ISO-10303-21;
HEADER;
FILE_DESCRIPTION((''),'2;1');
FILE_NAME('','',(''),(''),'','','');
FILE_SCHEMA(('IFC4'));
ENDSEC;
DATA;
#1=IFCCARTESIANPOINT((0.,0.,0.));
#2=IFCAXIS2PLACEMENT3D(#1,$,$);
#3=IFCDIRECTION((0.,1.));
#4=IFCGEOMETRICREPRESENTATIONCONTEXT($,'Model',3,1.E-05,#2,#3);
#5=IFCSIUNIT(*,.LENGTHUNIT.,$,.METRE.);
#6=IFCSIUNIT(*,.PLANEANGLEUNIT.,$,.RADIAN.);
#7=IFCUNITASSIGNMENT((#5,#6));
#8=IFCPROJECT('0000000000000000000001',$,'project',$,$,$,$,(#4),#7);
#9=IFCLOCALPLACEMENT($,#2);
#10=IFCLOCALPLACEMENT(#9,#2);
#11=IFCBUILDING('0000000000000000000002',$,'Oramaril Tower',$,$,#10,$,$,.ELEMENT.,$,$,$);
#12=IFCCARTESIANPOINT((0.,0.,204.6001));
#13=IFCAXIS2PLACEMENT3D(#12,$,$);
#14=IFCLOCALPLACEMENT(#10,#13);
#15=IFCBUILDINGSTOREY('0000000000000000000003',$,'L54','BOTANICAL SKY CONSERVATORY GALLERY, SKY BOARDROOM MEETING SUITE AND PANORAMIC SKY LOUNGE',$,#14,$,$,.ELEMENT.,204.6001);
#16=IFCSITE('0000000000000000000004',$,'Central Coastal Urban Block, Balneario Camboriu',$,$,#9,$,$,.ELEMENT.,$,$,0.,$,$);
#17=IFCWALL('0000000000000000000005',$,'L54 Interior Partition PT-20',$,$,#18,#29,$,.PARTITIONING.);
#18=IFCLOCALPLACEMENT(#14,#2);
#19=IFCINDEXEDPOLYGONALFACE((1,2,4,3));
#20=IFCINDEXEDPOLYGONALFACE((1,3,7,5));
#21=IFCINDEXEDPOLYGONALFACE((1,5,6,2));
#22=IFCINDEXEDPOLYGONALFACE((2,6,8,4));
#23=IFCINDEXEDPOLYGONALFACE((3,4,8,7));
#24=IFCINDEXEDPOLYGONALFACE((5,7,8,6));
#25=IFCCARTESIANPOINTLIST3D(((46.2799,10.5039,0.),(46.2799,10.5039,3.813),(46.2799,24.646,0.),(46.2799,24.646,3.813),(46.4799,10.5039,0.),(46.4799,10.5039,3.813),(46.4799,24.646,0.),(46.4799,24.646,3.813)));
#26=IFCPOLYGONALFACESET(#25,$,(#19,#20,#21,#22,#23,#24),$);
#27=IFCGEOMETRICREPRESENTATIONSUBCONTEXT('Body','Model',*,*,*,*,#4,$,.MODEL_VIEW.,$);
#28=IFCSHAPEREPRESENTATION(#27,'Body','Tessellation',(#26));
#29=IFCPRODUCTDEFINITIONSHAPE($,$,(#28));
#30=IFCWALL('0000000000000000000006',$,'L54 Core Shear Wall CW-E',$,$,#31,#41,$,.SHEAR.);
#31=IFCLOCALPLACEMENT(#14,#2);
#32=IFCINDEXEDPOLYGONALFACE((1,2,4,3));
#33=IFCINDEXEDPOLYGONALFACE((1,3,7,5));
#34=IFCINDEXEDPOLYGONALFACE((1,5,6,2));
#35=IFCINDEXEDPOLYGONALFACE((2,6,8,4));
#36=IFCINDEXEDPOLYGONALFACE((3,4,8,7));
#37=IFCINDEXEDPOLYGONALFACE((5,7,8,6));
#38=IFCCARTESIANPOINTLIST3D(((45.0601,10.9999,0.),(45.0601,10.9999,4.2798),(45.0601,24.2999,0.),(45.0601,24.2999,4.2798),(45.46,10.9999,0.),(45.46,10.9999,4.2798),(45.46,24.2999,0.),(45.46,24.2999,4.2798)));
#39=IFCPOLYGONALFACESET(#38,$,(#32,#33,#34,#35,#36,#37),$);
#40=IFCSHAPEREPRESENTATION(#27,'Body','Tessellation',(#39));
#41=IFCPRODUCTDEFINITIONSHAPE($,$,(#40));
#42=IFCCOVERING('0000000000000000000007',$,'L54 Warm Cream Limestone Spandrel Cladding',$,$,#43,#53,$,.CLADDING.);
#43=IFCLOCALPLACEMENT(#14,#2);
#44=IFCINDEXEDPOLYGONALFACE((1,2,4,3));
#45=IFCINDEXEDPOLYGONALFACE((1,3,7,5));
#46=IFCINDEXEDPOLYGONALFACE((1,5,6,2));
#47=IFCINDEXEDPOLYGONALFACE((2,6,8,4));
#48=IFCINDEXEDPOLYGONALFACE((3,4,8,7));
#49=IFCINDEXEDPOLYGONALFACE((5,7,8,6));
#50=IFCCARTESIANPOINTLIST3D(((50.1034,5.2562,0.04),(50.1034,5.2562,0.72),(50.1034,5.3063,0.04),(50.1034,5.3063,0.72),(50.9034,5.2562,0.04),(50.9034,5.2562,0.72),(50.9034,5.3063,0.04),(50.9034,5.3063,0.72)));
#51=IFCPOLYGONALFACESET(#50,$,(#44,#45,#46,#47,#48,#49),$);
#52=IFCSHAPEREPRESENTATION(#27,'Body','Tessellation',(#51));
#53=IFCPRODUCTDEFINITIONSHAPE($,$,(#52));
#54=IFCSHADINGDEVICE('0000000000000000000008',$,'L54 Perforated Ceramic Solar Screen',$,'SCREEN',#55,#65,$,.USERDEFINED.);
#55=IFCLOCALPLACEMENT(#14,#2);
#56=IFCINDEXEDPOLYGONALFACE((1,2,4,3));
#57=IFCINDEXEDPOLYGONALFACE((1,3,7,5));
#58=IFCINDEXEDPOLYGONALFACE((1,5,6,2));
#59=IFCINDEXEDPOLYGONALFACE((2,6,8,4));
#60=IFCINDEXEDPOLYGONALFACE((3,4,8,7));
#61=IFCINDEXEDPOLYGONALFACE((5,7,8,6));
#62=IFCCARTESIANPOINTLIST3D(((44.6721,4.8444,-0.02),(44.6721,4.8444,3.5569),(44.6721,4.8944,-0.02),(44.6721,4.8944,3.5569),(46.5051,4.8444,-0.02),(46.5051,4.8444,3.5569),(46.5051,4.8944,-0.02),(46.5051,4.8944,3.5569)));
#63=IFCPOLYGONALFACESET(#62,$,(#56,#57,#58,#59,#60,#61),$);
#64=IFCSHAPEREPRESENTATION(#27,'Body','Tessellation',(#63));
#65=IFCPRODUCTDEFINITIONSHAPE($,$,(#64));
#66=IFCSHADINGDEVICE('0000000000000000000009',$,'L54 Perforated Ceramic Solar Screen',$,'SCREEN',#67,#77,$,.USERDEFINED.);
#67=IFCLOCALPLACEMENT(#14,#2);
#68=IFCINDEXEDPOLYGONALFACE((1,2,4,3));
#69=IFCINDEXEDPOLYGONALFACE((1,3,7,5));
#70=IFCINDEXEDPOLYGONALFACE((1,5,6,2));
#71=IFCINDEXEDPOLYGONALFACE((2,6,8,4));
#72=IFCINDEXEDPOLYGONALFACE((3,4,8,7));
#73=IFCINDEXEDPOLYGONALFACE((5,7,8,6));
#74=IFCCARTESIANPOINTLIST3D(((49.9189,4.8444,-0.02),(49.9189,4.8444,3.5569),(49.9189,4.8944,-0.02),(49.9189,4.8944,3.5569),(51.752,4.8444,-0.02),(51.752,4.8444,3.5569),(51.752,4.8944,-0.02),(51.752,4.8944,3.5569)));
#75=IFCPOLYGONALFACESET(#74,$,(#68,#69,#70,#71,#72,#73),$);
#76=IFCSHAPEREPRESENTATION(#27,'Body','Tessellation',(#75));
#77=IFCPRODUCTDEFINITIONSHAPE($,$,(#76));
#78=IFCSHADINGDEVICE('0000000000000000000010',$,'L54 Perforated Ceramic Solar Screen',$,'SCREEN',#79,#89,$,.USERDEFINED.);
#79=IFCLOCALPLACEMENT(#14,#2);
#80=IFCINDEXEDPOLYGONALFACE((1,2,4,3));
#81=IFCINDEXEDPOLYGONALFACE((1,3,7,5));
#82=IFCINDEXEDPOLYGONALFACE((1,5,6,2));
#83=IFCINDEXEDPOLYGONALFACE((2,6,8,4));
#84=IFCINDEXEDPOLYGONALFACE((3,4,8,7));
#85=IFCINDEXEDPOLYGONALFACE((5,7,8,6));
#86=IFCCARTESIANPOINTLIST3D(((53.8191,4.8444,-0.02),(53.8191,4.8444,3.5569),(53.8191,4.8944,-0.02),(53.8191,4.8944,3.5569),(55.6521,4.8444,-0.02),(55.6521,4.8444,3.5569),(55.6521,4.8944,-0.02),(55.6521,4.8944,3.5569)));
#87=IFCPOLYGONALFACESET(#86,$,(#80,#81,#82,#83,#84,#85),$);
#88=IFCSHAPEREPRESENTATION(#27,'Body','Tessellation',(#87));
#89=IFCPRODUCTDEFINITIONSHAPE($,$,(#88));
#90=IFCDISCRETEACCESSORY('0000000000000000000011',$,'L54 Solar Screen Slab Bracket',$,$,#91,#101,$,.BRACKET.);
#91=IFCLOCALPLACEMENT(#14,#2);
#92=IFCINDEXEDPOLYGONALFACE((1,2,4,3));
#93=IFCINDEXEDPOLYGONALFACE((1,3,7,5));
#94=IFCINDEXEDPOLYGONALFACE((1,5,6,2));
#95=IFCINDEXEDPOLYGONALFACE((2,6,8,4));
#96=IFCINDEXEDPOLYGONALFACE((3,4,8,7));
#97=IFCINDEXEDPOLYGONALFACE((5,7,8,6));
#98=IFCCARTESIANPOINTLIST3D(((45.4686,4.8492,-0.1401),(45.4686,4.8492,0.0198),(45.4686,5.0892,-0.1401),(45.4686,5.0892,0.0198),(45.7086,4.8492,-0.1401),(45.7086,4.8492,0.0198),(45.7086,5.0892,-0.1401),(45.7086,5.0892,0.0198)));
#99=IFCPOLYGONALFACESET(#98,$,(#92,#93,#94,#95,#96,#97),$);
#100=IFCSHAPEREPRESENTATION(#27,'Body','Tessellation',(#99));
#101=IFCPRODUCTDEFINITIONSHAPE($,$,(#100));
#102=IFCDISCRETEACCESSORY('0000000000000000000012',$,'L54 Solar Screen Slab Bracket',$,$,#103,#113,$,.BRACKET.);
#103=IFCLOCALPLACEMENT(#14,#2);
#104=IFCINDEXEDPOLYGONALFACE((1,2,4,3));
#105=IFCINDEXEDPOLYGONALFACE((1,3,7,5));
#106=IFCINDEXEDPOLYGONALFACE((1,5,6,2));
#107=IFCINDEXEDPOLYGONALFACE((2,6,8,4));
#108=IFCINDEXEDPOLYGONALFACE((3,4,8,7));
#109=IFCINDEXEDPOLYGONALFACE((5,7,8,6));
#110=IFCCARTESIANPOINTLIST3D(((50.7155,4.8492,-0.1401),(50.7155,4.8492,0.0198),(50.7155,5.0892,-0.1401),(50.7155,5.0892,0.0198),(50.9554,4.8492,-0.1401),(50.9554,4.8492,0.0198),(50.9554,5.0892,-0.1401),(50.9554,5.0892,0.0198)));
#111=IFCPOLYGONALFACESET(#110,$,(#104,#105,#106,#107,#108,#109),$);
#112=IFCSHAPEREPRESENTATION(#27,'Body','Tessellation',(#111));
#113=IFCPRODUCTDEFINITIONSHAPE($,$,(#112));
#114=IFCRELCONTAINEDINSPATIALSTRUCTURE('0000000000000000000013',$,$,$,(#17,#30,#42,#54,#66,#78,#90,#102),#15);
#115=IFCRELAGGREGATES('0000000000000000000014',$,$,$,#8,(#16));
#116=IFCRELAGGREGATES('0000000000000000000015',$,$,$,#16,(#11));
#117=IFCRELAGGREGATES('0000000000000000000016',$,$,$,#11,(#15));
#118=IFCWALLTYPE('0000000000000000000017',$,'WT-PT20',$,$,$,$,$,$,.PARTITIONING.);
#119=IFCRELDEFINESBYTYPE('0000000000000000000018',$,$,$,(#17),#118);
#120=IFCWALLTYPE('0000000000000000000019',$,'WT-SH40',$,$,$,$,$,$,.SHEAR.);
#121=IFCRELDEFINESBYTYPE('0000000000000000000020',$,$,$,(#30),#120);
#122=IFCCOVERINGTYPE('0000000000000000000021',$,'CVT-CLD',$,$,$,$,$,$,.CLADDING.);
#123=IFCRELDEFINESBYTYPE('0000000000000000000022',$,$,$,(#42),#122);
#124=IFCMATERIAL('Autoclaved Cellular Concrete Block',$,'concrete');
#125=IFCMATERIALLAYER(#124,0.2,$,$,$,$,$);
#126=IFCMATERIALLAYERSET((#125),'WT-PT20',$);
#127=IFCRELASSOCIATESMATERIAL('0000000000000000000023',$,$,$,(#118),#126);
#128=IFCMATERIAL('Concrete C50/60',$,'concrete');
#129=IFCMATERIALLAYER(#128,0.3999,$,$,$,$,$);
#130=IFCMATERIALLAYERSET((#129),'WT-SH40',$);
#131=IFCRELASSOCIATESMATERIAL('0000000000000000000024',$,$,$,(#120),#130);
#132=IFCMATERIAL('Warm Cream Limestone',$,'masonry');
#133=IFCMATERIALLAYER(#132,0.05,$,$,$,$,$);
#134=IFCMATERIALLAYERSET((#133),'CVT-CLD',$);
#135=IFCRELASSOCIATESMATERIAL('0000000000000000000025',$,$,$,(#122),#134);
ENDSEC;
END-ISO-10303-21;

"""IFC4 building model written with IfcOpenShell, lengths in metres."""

from ifc_helpers import new_model, si_unit, direction, frame, frame_2d, origin, origin_2d, place, context, subcontext, project, spatial, rectangle, extrude, material, layer, layer_set, type_object, element, save


model = new_model("IFC4")

# Units and contexts
model_context = context("Model", 3, precision=1e-05, world=origin(), true_north=direction((0.0, 1.0)))
body_context = subcontext(model_context, "Body", "Model", "MODEL_VIEW")
ifc_project = project(units=[si_unit("LENGTHUNIT", "METRE"), si_unit("PLANEANGLEUNIT", "RADIAN")], contexts=[model_context])

# Site, building, storey
site_placement = place(None, origin())
site = spatial("IfcSite", under=ifc_project, at=site_placement, Name="Central Coastal Urban Block, Balneario Camboriu", CompositionType="ELEMENT", RefElevation=0.0)
building_placement = place(site_placement, origin())
building = spatial("IfcBuilding", under=site, at=building_placement, Name="Oramaril Tower", CompositionType="ELEMENT")
storey_placement = place(building_placement, frame((0.0, 0.0, 204.6001)))
storey = spatial("IfcBuildingStorey", under=building, at=storey_placement, Name="L54", Description="BOTANICAL SKY CONSERVATORY GALLERY, SKY BOARDROOM MEETING SUITE AND PANORAMIC SKY LOUNGE", CompositionType="ELEMENT", Elevation=204.6001)

# Wall
ifc_material_1 = material(Name="Autoclaved Cellular Concrete Block", Category="concrete")
ifc_layer_1 = layer(ifc_material_1, 0.2)
ifc_layer_set_1 = layer_set([ifc_layer_1], Name="WT-PT20")
wall_type_1 = type_object("IfcWallType", Name="WT-PT20", PredefinedType="PARTITIONING", material=ifc_layer_set_1)
wall_1_placement = place(storey_placement, frame((46.3799, 10.5039, 0.0), z_axis=(0.0, 0.0, 1.0), x_axis=(0.0, 1.0, 0.0)))
element("IfcWall", 1, at=wall_1_placement, inside=storey, type_object=wall_type_1, Name="L54 Interior Partition PT-20", PredefinedType="PARTITIONING", context=body_context, shape_type="SweptSolid", body=[
    extrude(rectangle(XDim=14.1421, YDim=0.2, at=frame_2d((7.071, 0.0))), origin(), (0.0, 0.0, 1.0), 3.813),
])

# Wall
ifc_material_2 = material(Name="Concrete C50/60", Category="concrete")
ifc_layer_2 = layer(ifc_material_2, 0.3999)
ifc_layer_set_2 = layer_set([ifc_layer_2], Name="WT-SH40")
wall_type_2 = type_object("IfcWallType", Name="WT-SH40", PredefinedType="SHEAR", material=ifc_layer_set_2)
wall_2_placement = place(storey_placement, frame((45.26, 11.0, 0.0), z_axis=(0.0, 0.0, 1.0), x_axis=(0.0, 1.0, 0.0)))
element("IfcWall", 2, at=wall_2_placement, inside=storey, type_object=wall_type_2, Name="L54 Core Shear Wall CW-E", PredefinedType="SHEAR", context=body_context, shape_type="SweptSolid", body=[
    extrude(rectangle(XDim=13.3, YDim=0.3999, at=frame_2d((6.6499, 0.0))), origin(), (0.0, 0.0, 1.0), 4.2798),
])

# Covering
ifc_material_3 = material(Name="Warm Cream Limestone", Category="masonry")
ifc_layer_3 = layer(ifc_material_3, 0.05)
ifc_layer_set_3 = layer_set([ifc_layer_3], Name="CVT-CLD")
covering_type = type_object("IfcCoveringType", Name="CVT-CLD", PredefinedType="CLADDING", material=ifc_layer_set_3)
covering_placement = place(storey_placement, frame((50.5034, 5.2812, 0.04), z_axis=(0.0, 0.0, 1.0), x_axis=(1.0, 0.0, 0.0)))
element("IfcCovering", 3, at=covering_placement, inside=storey, type_object=covering_type, Name="L54 Warm Cream Limestone Spandrel Cladding", PredefinedType="CLADDING", context=body_context, shape_type="SweptSolid", body=[
    extrude(rectangle(XDim=0.8, YDim=0.05, at=origin_2d()), origin(), (0.0, 0.0, 1.0), 0.6799),
])

# Shading devices
for number, where, z_axis, x_axis, name in (
    (4, (45.5886, 4.8694, -0.02), (0.0, 0.0, 1.0), (1.0, 0.0, 0.0), "L54 Perforated Ceramic Solar Screen"),
    (5, (50.8354, 4.8694, -0.02), (0.0, 0.0, 1.0), (1.0, 0.0, 0.0), "L54 Perforated Ceramic Solar Screen"),
    (6, (54.7356, 4.8694, -0.02), (0.0, 0.0, 1.0), (1.0, 0.0, 0.0), "L54 Perforated Ceramic Solar Screen"),
):
    element("IfcShadingDevice", number, at=place(storey_placement, frame(where, z_axis=z_axis, x_axis=x_axis)), inside=storey, Name=name, ObjectType="SCREEN", PredefinedType="USERDEFINED", context=body_context, shape_type="SweptSolid", body=[
        extrude(rectangle(XDim=1.833, YDim=0.05, at=origin_2d()), origin(), (0.0, 0.0, 1.0), 3.5769),
    ])

# Discrete accessories
for number, where, z_axis, x_axis, name in (
    (7, (45.5886, 4.9692, -0.1401), (0.0, 0.0, 1.0), (1.0, 0.0, 0.0), "L54 Solar Screen Slab Bracket"),
    (8, (50.8354, 4.9692, -0.1401), (0.0, 0.0, 1.0), (1.0, 0.0, 0.0), "L54 Solar Screen Slab Bracket"),
):
    element("IfcDiscreteAccessory", number, at=place(storey_placement, frame(where, z_axis=z_axis, x_axis=x_axis)), inside=storey, Name=name, PredefinedType="BRACKET", context=body_context, shape_type="SweptSolid", body=[
        extrude(rectangle(XDim=0.24, YDim=0.24, at=origin_2d()), origin(), (0.0, 0.0, 1.0), 0.1599),
    ])

save(model, "model.ifc")
